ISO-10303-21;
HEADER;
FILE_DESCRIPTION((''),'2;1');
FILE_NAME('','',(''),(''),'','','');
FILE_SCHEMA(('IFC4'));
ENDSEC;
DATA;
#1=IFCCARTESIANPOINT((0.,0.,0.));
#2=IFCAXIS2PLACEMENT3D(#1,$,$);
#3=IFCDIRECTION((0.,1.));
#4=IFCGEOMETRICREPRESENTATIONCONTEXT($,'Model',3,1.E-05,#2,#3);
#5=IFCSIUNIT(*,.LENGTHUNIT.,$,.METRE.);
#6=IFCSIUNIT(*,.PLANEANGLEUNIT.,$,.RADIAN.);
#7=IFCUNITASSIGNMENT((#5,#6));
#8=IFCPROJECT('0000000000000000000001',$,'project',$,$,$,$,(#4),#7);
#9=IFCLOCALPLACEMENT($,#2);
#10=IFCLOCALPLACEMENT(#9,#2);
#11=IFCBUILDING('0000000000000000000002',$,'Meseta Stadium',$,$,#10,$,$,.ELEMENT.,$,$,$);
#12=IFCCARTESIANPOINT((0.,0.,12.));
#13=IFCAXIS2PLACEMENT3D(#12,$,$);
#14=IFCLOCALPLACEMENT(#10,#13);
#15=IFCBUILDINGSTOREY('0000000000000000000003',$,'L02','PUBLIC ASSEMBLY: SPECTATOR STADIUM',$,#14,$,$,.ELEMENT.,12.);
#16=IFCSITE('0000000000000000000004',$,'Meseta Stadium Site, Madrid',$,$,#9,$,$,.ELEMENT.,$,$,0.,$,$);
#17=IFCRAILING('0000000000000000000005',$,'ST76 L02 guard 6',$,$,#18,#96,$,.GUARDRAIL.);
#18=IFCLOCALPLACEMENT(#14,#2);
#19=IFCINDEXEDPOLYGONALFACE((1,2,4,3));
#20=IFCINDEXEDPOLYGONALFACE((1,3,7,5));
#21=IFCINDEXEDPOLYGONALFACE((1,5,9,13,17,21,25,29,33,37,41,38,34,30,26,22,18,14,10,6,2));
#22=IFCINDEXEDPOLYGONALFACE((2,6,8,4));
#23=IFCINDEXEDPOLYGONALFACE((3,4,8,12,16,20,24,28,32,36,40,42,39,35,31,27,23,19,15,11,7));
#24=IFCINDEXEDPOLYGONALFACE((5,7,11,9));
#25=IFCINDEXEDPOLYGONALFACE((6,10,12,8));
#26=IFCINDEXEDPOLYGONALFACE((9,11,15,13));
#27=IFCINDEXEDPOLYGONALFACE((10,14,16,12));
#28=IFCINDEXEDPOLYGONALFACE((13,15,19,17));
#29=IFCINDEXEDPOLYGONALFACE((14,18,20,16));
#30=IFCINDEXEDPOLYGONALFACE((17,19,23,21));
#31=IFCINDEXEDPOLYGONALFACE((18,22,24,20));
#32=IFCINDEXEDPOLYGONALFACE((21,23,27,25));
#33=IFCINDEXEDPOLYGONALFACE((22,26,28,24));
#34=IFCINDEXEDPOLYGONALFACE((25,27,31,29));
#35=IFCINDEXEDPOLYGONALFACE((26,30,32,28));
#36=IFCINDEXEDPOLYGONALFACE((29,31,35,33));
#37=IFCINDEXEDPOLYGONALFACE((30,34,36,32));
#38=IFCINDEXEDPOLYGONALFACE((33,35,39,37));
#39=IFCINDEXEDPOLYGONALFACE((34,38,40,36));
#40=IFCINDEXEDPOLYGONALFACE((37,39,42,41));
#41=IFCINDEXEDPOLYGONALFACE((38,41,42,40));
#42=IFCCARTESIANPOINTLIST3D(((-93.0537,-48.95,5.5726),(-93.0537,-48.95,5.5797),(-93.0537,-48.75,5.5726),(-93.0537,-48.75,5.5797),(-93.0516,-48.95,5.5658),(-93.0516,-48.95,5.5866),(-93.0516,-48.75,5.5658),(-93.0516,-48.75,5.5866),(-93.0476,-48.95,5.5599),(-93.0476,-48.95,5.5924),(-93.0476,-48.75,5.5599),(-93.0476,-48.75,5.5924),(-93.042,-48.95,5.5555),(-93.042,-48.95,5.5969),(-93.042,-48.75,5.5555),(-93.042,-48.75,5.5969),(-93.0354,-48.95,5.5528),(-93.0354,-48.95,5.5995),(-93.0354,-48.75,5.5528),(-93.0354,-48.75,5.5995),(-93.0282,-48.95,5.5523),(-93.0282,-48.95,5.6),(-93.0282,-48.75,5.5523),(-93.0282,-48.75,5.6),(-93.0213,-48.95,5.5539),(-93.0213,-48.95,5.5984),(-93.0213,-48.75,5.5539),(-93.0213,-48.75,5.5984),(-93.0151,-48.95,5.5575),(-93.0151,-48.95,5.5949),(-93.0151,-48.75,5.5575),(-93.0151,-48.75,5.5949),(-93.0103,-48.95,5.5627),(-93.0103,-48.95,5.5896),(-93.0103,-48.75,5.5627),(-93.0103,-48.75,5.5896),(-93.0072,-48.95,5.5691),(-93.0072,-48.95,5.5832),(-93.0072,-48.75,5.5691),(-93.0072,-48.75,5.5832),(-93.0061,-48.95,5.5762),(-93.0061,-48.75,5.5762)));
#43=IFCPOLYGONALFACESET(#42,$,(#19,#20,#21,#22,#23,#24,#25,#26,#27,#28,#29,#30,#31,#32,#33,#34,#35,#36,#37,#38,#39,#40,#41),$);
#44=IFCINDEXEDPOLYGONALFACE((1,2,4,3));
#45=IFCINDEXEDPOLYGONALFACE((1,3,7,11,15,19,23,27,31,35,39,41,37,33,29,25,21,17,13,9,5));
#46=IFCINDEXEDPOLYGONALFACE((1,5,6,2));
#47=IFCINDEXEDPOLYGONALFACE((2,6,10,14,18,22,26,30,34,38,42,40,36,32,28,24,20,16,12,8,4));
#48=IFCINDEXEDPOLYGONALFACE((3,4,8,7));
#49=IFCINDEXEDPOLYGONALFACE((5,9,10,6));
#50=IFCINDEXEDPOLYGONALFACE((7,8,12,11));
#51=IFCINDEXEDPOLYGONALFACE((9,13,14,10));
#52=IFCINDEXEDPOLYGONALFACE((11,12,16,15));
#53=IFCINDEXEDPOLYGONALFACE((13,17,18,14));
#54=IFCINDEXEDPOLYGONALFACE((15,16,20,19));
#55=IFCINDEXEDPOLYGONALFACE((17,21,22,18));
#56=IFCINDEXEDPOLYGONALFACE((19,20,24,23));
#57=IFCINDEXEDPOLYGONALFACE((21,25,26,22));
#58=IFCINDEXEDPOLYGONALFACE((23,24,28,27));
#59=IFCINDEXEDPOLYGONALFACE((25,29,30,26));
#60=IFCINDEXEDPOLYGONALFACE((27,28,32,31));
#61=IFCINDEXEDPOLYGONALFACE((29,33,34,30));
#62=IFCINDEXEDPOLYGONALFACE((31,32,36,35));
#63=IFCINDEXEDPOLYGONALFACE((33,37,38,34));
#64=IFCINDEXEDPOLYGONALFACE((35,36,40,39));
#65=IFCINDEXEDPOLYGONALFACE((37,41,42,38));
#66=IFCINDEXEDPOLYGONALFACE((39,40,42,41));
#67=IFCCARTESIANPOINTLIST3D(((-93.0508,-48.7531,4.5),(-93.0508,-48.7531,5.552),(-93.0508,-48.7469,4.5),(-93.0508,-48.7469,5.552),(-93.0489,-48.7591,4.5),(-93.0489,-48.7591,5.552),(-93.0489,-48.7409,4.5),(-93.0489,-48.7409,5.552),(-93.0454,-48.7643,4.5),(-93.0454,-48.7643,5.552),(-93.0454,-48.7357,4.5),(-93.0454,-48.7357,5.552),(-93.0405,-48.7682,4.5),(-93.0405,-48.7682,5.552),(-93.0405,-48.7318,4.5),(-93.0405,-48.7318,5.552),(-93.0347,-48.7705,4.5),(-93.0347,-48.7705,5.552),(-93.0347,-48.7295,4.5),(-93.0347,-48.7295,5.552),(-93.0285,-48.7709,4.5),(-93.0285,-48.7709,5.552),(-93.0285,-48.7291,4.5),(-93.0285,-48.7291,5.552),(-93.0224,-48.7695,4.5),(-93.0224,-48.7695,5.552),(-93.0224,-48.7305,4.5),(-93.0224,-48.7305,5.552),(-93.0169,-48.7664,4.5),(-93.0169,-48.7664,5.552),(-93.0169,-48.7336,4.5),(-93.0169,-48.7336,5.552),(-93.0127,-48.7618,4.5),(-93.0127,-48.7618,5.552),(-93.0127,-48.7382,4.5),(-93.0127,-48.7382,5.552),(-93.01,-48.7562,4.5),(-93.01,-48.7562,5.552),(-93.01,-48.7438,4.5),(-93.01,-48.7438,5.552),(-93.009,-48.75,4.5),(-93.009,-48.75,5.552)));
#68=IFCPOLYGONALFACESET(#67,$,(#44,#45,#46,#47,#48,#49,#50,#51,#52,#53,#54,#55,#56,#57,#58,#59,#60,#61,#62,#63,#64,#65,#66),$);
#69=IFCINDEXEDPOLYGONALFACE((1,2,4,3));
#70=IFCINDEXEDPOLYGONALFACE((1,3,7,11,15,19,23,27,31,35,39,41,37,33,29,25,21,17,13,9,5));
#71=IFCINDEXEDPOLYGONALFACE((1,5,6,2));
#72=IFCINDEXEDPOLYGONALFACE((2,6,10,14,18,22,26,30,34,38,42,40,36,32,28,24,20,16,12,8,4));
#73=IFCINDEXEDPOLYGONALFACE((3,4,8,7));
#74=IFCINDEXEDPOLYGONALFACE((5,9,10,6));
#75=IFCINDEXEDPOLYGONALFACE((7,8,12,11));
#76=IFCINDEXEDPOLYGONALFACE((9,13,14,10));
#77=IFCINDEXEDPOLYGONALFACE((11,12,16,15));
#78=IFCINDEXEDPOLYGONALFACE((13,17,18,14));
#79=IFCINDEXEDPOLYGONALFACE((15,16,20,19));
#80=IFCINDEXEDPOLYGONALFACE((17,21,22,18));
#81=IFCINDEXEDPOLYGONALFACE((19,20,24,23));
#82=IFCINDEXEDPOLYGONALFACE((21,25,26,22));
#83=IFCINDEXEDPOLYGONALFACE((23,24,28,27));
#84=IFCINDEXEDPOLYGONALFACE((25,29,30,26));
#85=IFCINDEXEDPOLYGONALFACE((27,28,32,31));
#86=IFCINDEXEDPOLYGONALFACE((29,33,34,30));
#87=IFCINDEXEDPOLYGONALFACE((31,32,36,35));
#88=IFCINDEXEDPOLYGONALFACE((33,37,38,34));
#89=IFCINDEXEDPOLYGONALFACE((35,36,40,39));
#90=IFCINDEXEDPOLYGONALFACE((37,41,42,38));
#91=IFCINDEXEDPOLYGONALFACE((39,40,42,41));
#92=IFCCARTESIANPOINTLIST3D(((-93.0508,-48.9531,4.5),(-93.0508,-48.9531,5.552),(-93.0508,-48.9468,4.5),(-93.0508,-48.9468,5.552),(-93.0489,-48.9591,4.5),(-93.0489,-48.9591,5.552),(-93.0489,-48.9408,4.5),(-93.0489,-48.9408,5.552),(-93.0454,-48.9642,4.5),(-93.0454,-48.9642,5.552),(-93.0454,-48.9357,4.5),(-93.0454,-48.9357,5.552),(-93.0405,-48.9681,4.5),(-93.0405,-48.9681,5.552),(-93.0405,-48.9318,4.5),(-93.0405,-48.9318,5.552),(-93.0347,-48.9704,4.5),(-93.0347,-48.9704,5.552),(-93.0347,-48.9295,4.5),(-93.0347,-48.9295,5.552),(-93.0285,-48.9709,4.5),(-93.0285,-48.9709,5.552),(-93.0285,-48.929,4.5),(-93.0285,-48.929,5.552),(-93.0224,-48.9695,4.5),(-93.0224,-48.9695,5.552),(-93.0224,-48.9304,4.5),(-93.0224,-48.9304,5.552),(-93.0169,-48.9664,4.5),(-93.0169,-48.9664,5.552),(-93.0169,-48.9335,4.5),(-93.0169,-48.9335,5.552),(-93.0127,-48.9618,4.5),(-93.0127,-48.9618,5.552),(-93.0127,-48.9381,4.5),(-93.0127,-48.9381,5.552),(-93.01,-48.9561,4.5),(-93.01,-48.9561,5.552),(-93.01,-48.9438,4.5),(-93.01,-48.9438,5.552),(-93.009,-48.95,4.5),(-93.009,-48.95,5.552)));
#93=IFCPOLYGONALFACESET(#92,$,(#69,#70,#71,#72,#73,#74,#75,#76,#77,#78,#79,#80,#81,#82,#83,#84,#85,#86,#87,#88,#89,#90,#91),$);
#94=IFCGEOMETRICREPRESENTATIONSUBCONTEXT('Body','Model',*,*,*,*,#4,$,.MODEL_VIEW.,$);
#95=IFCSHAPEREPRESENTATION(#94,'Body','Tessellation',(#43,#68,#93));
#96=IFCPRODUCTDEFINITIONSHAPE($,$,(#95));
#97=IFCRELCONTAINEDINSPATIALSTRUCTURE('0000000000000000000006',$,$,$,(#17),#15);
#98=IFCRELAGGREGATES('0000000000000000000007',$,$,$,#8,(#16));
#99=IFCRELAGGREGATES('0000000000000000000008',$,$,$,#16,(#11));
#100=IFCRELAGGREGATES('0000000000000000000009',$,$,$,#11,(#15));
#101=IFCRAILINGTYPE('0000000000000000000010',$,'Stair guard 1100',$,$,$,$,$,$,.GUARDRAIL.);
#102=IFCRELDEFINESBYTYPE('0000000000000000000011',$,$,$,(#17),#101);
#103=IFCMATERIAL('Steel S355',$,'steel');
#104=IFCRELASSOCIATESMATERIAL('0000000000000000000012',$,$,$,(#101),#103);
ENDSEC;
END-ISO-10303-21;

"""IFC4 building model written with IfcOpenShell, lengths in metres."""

from ifc_helpers import new_model, si_unit, direction, frame, origin, origin_2d, place, context, subcontext, project, spatial, circle, extrude, material, type_object, element, save


model = new_model("IFC4")

# Units and contexts
model_context = context("Model", 3, precision=1e-05, world=origin(), true_north=direction((0.0, 1.0)))
body_context = subcontext(model_context, "Body", "Model", "MODEL_VIEW")
ifc_project = project(units=[si_unit("LENGTHUNIT", "METRE"), si_unit("PLANEANGLEUNIT", "RADIAN")], contexts=[model_context])

# Site, building, storey
site_placement = place(None, origin())
site = spatial("IfcSite", under=ifc_project, at=site_placement, Name="Meseta Stadium Site, Madrid", CompositionType="ELEMENT", RefElevation=0.0)
building_placement = place(site_placement, origin())
building = spatial("IfcBuilding", under=site, at=building_placement, Name="Meseta Stadium", CompositionType="ELEMENT")
storey_placement = place(building_placement, frame((0.0, 0.0, 12.0)))
storey = spatial("IfcBuildingStorey", under=building, at=storey_placement, Name="L02", Description="PUBLIC ASSEMBLY: SPECTATOR STADIUM", CompositionType="ELEMENT", Elevation=12.0)

# Railing
ifc_material_1 = material(Name="Steel S355", Category="steel")
railing_type_1 = type_object("IfcRailingType", Name="Stair guard 1100", PredefinedType="GUARDRAIL", material=ifc_material_1)
railing_1_placement = place(storey_placement, frame((-93.03, -48.75, 4.5)))
element("IfcRailing", 1, at=railing_1_placement, inside=storey, type_object=railing_type_1, Name="ST76 L02 guard 6", PredefinedType="GUARDRAIL", context=body_context, shape_type="SweptSolid", body=[
    extrude(circle(Radius=0.0239, at=origin_2d()), frame((0.0, 0.0, 1.0762), z_axis=(0.0, -1.0, 0.0), x_axis=(1.0, 0.0, 0.0)), (0.0, 0.0, 1.0), 0.2),
    extrude(circle(Radius=0.021, at=origin_2d()), origin(), (0.0, 0.0, 1.0), 1.052),
    extrude(circle(Radius=0.021, at=origin_2d()), frame((0.0, -0.2, 0.0)), (0.0, 0.0, 1.0), 1.052),
])

save(model, "model.ifc")
